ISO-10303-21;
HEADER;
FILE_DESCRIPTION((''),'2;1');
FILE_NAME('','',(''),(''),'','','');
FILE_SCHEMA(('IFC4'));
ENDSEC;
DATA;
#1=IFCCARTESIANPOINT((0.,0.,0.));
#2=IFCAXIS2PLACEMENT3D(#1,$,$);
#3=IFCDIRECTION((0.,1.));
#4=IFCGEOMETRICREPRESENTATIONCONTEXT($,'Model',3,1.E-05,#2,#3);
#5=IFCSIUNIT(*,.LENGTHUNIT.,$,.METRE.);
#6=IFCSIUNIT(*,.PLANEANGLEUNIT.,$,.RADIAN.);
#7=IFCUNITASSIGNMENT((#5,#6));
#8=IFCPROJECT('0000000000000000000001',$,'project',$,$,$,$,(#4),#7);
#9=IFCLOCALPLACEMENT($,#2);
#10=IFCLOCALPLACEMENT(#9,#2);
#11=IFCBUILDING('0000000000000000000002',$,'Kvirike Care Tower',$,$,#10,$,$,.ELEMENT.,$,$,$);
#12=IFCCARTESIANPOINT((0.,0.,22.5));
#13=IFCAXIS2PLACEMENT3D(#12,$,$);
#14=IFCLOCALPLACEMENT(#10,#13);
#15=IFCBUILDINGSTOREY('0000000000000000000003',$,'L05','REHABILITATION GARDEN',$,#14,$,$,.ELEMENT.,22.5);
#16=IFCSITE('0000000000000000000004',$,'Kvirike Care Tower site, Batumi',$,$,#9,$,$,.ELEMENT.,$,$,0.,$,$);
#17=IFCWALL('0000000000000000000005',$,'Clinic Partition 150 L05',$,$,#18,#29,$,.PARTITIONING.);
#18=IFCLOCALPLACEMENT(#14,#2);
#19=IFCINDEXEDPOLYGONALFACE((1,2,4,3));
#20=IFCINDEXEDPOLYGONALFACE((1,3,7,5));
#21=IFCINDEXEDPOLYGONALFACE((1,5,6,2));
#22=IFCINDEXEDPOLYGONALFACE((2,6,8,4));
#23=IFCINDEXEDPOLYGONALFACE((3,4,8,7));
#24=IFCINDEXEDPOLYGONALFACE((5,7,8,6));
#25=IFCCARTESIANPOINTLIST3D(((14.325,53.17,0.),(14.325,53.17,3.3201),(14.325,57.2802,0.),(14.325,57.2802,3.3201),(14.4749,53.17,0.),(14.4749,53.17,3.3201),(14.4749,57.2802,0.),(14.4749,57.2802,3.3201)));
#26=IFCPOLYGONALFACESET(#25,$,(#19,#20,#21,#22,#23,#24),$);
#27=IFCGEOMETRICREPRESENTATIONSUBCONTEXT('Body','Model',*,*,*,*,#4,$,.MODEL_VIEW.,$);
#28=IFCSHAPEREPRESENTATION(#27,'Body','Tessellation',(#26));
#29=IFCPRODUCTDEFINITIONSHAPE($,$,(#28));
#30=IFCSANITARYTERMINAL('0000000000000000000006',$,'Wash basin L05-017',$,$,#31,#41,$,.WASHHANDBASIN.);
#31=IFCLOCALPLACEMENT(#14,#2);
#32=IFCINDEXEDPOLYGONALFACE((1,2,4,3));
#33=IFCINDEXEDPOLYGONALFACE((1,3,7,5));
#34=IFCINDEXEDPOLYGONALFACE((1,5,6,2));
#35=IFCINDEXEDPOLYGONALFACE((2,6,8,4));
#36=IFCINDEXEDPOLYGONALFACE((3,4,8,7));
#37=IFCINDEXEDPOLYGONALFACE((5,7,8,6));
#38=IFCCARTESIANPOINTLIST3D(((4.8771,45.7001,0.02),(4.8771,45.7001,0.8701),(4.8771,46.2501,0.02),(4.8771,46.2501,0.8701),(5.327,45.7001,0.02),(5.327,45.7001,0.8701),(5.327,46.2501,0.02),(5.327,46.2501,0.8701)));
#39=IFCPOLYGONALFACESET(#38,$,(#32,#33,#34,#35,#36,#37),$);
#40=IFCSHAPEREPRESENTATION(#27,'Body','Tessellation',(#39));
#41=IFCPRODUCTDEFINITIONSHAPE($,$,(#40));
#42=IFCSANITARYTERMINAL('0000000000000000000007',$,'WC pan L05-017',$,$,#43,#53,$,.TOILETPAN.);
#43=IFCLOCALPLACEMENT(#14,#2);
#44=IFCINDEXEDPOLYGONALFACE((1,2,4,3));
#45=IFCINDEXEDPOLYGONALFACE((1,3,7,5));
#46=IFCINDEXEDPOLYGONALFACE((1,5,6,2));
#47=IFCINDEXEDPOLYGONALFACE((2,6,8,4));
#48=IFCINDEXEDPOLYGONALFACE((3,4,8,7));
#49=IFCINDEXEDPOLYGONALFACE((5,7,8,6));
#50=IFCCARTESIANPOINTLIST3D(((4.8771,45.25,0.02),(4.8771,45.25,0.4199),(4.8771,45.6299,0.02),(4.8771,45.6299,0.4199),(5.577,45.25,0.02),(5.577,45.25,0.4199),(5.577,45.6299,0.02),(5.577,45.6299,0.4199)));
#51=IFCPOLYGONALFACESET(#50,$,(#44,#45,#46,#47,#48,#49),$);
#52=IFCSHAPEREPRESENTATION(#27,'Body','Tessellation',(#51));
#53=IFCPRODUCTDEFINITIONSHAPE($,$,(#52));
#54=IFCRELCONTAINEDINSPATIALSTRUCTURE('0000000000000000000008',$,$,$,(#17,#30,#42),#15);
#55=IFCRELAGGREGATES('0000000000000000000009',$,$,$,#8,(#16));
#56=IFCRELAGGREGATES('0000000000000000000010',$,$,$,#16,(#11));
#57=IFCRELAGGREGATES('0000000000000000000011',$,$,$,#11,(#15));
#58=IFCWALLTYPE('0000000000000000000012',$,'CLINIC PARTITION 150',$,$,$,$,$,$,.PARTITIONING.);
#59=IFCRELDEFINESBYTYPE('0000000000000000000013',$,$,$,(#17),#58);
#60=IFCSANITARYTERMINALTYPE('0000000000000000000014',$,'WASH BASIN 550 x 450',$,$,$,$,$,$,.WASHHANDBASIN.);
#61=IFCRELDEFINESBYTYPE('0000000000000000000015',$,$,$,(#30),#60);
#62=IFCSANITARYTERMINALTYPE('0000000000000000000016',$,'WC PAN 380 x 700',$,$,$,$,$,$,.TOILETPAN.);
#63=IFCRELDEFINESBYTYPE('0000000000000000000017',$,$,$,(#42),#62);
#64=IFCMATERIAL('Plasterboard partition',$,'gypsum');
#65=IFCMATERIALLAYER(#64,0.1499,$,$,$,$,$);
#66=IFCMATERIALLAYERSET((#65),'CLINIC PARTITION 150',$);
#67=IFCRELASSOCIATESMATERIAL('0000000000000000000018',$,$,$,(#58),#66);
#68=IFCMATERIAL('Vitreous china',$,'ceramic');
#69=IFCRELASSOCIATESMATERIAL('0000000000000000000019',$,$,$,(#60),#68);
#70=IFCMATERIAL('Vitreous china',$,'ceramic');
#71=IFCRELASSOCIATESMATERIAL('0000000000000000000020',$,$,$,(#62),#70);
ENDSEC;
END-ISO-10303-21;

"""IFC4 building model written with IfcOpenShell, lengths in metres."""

from ifc_helpers import new_model, si_unit, direction, frame, frame_2d, origin, origin_2d, place, context, subcontext, project, spatial, rectangle, extrude, material, layer, layer_set, type_object, element, save


model = new_model("IFC4")

# Units and contexts
model_context = context("Model", 3, precision=1e-05, world=origin(), true_north=direction((0.0, 1.0)))
body_context = subcontext(model_context, "Body", "Model", "MODEL_VIEW")
ifc_project = project(units=[si_unit("LENGTHUNIT", "METRE"), si_unit("PLANEANGLEUNIT", "RADIAN")], contexts=[model_context])

# Site, building, storey
site_placement = place(None, origin())
site = spatial("IfcSite", under=ifc_project, at=site_placement, Name="Kvirike Care Tower site, Batumi", CompositionType="ELEMENT", RefElevation=0.0)
building_placement = place(site_placement, origin())
building = spatial("IfcBuilding", under=site, at=building_placement, Name="Kvirike Care Tower", CompositionType="ELEMENT")
storey_placement = place(building_placement, frame((0.0, 0.0, 22.5)))
storey = spatial("IfcBuildingStorey", under=building, at=storey_placement, Name="L05", Description="REHABILITATION GARDEN", CompositionType="ELEMENT", Elevation=22.5)

# Wall
ifc_material_1 = material(Name="Plasterboard partition", Category="gypsum")
ifc_layer_1 = layer(ifc_material_1, 0.1499)
ifc_layer_set_1 = layer_set([ifc_layer_1], Name="CLINIC PARTITION 150")
wall_type_1 = type_object("IfcWallType", Name="CLINIC PARTITION 150", PredefinedType="PARTITIONING", material=ifc_layer_set_1)
wall_1_placement = place(storey_placement, frame((14.3999, 53.1699, 0.0), z_axis=(0.0, 0.0, 1.0), x_axis=(0.0, 1.0, 0.0)))
element("IfcWall", 1, at=wall_1_placement, inside=storey, type_object=wall_type_1, Name="Clinic Partition 150 L05", PredefinedType="PARTITIONING", context=body_context, shape_type="SweptSolid", body=[
    extrude(rectangle(XDim=4.1101, YDim=0.1499, at=frame_2d((2.0552, 0.0))), origin(), (0.0, 0.0, 1.0), 3.3201),
])

# Sanitary terminals
ifc_material_2 = material(Name="Vitreous china", Category="ceramic")
sanitary_terminal_type_1 = type_object("IfcSanitaryTerminalType", Name="WASH BASIN 550 x 450", PredefinedType="WASHHANDBASIN", material=ifc_material_2)
sanitary_terminal_1_placement = place(storey_placement, frame((5.1021, 45.9751, 0.02), z_axis=(0.0, 0.0, 1.0), x_axis=(0.0, 1.0, 0.0)))
element("IfcSanitaryTerminal", 2, at=sanitary_terminal_1_placement, inside=storey, type_object=sanitary_terminal_type_1, Name="Wash basin L05-017", PredefinedType="WASHHANDBASIN", context=body_context, shape_type="SweptSolid", body=[
    extrude(rectangle(XDim=0.55, YDim=0.45, at=origin_2d()), origin(), (0.0, 0.0, 1.0), 0.8501),
])
ifc_material_3 = material(Name="Vitreous china", Category="ceramic")
sanitary_terminal_type_2 = type_object("IfcSanitaryTerminalType", Name="WC PAN 380 x 700", PredefinedType="TOILETPAN", material=ifc_material_3)
sanitary_terminal_2_placement = place(storey_placement, frame((5.2271, 45.4399, 0.02), z_axis=(0.0, 0.0, 1.0), x_axis=(0.0, 1.0, 0.0)))
element("IfcSanitaryTerminal", 3, at=sanitary_terminal_2_placement, inside=storey, type_object=sanitary_terminal_type_2, Name="WC pan L05-017", PredefinedType="TOILETPAN", context=body_context, shape_type="SweptSolid", body=[
    extrude(rectangle(XDim=0.3799, YDim=0.7, at=origin_2d()), origin(), (0.0, 0.0, 1.0), 0.3999),
])

save(model, "model.ifc")
